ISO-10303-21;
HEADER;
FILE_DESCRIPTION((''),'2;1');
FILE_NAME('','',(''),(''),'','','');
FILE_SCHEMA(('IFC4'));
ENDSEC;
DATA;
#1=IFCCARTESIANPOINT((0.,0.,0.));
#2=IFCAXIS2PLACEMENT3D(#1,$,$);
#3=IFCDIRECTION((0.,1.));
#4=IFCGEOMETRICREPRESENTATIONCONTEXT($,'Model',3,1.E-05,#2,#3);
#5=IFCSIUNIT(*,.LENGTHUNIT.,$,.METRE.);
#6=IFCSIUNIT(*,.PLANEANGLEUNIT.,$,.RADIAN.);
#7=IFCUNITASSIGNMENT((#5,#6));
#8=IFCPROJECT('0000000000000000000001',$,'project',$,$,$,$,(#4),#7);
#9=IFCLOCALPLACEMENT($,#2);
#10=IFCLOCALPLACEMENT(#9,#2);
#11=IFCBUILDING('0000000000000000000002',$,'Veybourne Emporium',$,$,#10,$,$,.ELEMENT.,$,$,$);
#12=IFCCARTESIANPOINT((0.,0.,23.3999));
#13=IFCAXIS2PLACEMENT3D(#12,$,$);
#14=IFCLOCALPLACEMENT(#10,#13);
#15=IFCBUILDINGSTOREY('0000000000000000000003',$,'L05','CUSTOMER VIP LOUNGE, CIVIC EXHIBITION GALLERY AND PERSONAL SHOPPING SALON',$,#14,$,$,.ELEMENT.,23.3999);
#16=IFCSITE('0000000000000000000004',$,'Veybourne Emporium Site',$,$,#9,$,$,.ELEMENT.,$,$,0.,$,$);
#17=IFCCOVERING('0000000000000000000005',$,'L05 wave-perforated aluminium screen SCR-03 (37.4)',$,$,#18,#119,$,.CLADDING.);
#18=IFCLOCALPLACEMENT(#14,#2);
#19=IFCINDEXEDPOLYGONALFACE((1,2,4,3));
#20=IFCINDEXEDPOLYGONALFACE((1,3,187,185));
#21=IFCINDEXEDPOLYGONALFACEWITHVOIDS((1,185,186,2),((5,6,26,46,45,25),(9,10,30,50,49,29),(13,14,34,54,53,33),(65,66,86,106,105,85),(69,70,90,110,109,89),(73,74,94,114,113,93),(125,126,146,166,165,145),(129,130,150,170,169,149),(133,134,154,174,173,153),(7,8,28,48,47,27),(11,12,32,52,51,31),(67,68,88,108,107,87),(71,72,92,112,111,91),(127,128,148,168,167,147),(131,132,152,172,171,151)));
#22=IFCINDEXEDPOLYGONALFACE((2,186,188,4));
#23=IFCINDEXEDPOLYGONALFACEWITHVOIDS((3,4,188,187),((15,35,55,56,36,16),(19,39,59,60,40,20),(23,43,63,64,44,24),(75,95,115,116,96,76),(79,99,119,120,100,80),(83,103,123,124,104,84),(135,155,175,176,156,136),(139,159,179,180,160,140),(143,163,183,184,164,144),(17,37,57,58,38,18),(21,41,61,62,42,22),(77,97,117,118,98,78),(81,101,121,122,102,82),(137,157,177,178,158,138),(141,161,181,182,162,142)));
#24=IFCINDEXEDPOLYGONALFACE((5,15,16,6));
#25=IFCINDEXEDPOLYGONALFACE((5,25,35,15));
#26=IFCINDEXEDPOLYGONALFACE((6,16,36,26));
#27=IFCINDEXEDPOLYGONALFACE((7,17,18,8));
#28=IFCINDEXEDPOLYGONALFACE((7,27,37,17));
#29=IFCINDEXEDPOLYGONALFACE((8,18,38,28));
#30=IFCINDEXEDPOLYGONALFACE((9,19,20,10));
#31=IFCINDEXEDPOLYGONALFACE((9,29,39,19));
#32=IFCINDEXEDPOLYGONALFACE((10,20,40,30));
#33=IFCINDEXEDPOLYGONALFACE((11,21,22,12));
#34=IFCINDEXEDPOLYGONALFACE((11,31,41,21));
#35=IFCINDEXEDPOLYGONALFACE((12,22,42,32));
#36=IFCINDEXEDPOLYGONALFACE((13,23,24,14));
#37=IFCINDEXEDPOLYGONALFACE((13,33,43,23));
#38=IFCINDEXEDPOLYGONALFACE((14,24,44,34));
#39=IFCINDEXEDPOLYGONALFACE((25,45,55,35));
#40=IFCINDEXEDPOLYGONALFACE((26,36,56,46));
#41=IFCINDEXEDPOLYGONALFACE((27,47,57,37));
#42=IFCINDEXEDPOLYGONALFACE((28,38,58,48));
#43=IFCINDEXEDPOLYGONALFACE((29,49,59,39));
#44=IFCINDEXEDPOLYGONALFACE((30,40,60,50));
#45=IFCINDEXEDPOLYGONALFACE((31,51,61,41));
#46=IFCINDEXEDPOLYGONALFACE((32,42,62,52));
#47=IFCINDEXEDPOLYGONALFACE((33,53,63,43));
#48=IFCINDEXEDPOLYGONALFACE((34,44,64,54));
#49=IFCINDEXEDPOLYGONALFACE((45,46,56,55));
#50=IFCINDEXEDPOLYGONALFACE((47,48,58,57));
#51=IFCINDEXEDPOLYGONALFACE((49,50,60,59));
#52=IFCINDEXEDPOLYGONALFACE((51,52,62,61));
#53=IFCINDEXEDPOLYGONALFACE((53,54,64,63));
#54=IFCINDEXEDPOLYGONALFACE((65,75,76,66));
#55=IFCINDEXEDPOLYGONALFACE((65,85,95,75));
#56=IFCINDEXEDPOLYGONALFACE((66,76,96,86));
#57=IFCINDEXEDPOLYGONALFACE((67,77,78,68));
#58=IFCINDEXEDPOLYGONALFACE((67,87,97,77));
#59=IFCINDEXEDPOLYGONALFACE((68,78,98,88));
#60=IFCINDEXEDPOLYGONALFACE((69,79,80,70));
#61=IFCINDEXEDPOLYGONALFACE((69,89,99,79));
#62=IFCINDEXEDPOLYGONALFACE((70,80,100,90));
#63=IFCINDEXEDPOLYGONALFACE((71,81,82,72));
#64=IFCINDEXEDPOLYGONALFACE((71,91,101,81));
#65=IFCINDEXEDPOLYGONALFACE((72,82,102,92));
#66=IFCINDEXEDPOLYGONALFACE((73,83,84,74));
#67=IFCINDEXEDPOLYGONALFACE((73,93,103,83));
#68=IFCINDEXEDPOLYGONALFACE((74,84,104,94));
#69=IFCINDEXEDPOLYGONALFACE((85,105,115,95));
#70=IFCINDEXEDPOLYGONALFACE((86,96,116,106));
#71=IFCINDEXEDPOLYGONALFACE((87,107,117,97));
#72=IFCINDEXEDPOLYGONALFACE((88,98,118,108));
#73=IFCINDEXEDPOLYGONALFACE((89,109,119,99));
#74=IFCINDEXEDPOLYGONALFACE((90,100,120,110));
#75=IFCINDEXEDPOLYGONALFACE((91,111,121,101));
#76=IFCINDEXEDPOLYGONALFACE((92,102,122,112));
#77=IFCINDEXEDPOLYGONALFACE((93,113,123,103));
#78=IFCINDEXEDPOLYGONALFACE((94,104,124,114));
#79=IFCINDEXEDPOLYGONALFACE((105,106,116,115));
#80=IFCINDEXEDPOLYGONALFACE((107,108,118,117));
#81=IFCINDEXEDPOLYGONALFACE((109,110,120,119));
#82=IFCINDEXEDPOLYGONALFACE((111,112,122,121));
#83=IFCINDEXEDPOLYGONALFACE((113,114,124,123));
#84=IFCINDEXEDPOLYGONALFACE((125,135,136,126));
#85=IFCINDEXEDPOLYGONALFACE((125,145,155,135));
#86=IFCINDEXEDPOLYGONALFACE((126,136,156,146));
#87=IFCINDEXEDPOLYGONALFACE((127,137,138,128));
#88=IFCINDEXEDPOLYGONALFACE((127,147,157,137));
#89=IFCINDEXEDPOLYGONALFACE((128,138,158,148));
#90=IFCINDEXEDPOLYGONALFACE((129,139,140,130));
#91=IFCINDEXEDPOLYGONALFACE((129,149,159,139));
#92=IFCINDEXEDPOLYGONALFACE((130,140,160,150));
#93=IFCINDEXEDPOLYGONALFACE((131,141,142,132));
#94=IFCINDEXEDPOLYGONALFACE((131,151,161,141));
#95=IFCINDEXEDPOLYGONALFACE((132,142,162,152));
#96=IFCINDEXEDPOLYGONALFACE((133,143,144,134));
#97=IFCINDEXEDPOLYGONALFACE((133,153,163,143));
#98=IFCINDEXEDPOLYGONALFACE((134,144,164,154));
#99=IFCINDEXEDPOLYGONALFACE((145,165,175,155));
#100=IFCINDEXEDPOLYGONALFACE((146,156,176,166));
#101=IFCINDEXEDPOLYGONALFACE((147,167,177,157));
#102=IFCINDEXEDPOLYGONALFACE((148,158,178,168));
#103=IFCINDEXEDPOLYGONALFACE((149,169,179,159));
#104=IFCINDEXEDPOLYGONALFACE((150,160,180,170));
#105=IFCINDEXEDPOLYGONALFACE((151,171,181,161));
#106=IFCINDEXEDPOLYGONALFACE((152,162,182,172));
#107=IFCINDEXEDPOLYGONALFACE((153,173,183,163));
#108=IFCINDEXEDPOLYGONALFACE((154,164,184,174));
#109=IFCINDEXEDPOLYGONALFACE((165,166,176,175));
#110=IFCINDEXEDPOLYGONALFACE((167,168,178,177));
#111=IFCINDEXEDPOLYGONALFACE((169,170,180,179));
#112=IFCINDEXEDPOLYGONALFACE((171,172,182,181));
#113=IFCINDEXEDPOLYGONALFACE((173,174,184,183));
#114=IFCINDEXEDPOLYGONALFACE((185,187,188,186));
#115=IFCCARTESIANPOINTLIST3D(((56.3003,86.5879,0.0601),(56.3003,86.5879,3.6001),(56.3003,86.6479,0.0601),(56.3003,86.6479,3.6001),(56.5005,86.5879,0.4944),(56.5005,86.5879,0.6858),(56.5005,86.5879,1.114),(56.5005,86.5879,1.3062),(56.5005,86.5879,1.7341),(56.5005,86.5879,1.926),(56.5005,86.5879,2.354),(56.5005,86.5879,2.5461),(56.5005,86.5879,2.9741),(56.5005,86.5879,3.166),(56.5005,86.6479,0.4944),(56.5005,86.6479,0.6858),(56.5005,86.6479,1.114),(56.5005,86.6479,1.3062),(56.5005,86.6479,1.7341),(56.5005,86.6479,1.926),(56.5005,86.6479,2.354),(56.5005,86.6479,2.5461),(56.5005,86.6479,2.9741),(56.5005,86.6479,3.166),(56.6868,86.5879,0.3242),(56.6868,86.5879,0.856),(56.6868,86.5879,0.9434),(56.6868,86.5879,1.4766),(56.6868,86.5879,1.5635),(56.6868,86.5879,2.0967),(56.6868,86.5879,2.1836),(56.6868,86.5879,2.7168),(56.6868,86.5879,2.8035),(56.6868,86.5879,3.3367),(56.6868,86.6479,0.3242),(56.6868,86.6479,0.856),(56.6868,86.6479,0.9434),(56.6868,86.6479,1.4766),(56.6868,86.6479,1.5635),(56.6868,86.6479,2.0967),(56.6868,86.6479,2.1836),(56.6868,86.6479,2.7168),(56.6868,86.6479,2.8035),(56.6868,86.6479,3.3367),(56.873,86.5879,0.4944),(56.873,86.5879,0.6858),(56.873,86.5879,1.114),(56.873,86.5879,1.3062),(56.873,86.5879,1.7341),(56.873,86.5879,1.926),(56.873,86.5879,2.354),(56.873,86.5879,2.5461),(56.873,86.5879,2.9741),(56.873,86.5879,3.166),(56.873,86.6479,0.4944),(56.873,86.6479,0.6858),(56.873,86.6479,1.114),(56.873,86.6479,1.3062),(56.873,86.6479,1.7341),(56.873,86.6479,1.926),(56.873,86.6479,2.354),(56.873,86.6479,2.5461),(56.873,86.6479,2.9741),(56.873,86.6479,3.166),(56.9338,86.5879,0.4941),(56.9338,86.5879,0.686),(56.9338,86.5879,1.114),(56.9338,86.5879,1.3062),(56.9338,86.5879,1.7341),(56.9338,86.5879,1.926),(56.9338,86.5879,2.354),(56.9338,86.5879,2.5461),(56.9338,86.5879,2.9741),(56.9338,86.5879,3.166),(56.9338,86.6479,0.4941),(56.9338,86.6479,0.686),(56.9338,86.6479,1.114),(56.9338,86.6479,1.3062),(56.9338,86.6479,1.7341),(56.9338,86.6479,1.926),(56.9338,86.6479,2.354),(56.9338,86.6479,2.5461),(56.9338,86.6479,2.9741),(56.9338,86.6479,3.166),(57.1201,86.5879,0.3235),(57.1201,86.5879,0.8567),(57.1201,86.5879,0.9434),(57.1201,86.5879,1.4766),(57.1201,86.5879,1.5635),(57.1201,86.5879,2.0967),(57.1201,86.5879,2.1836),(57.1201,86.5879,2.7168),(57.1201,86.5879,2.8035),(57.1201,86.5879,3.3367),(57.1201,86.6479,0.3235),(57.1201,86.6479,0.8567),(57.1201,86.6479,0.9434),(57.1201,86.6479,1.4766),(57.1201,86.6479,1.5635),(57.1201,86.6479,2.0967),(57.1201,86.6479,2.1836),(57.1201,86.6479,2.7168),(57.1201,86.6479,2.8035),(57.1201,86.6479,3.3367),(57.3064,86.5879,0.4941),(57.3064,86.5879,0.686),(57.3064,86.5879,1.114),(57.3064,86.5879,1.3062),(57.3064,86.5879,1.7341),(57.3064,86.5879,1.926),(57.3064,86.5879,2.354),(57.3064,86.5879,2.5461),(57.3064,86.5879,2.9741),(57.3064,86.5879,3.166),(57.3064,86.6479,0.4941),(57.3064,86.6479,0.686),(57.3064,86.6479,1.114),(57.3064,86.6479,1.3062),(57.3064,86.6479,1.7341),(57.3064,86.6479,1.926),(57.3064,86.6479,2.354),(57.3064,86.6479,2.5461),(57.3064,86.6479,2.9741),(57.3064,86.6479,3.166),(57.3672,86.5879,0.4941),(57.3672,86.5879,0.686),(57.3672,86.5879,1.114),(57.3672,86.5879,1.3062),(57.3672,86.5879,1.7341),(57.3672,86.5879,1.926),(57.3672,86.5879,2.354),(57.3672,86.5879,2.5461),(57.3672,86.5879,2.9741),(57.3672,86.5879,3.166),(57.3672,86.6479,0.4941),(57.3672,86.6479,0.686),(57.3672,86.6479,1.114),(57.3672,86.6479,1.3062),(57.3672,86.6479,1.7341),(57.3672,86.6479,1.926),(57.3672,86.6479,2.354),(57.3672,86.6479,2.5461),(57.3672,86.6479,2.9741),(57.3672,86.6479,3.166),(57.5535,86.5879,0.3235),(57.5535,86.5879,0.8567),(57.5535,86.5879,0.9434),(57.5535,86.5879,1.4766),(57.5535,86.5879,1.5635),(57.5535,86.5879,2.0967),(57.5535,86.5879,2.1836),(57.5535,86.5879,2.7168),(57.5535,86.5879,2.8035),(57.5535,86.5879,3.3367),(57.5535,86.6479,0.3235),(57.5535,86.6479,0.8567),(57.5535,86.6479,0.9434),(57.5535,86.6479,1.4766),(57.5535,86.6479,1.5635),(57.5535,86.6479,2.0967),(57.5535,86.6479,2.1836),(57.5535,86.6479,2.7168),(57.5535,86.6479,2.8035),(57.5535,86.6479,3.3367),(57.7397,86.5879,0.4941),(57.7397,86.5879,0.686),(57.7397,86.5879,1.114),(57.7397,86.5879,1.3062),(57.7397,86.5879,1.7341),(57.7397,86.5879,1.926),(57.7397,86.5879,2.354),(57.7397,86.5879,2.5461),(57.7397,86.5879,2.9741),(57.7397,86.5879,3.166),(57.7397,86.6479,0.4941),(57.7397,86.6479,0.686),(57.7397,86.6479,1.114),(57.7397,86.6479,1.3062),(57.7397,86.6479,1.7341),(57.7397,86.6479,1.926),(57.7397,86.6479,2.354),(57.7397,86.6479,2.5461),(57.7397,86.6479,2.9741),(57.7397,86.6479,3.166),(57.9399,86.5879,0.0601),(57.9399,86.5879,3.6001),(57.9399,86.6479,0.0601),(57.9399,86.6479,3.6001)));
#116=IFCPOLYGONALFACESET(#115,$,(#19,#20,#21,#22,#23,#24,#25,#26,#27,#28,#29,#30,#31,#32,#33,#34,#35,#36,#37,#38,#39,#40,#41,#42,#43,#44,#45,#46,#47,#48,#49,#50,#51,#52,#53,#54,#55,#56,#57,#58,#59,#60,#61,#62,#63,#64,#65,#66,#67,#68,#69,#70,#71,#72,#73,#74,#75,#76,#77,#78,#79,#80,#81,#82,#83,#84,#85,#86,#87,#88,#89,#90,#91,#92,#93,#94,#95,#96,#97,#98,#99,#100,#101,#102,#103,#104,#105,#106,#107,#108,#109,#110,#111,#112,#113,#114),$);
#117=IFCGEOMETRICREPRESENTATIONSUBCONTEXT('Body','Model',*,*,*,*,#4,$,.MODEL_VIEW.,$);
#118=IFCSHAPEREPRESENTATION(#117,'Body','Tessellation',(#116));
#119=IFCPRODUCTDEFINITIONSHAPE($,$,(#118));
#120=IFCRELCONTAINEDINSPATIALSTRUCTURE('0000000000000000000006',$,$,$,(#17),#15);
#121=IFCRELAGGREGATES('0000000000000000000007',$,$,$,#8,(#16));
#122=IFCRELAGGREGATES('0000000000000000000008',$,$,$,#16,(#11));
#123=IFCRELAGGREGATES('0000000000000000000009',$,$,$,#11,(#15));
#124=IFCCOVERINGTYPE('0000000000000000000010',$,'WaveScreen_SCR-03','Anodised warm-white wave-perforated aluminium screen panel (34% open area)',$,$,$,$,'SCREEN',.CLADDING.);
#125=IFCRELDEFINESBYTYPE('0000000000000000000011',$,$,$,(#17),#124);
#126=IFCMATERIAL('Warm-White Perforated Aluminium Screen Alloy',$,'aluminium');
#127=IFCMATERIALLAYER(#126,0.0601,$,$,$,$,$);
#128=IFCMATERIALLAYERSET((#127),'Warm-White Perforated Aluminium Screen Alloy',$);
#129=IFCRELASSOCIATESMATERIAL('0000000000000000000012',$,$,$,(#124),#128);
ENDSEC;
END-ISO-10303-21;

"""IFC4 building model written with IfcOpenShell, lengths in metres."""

from ifc_helpers import new_model, si_unit, direction, frame, origin, place, context, subcontext, project, spatial, polyline, outline, extrude, material, layer, layer_set, type_object, element, save


model = new_model("IFC4")

# Units and contexts
model_context = context("Model", 3, precision=1e-05, world=origin(), true_north=direction((0.0, 1.0)))
body_context = subcontext(model_context, "Body", "Model", "MODEL_VIEW")
ifc_project = project(units=[si_unit("LENGTHUNIT", "METRE"), si_unit("PLANEANGLEUNIT", "RADIAN")], contexts=[model_context])

# Site, building, storey
site_placement = place(None, origin())
site = spatial("IfcSite", under=ifc_project, at=site_placement, Name="Veybourne Emporium Site", CompositionType="ELEMENT", RefElevation=0.0)
building_placement = place(site_placement, origin())
building = spatial("IfcBuilding", under=site, at=building_placement, Name="Veybourne Emporium", CompositionType="ELEMENT")
storey_placement = place(building_placement, frame((0.0, 0.0, 23.3999)))
storey = spatial("IfcBuildingStorey", under=building, at=storey_placement, Name="L05", Description="CUSTOMER VIP LOUNGE, CIVIC EXHIBITION GALLERY AND PERSONAL SHOPPING SALON", CompositionType="ELEMENT", Elevation=23.3999)

# Covering
ifc_material_1 = material(Name="Warm-White Perforated Aluminium Screen Alloy", Category="aluminium")
ifc_layer_1 = layer(ifc_material_1, 0.0601)
ifc_layer_set_1 = layer_set([ifc_layer_1], Name="Warm-White Perforated Aluminium Screen Alloy")
covering_type_1 = type_object("IfcCoveringType", Name="WaveScreen_SCR-03", Description="Anodised warm-white wave-perforated aluminium screen panel (34% open area)", ElementType="SCREEN", PredefinedType="CLADDING", material=ifc_layer_set_1)
covering_1_placement = place(storey_placement, frame((57.1201, 86.6479, 1.8301), z_axis=(0.0, -1.0, 0.0), x_axis=(1.0, 0.0, 0.0)))
element("IfcCovering", 1, at=covering_1_placement, inside=storey, type_object=covering_type_1, Name="L05 wave-perforated aluminium screen SCR-03 (37.4)", PredefinedType="CLADDING", context=body_context, shape_type="SweptSolid", body=[
    extrude(outline(polyline([(-0.8198, -1.77), (0.8198, -1.77), (0.8198, 1.77), (-0.8198, 1.77), (-0.8198, -1.77)]), holes=[polyline([(-0.4333, -0.9741), (-0.2471, -1.1443), (-0.2471, -1.3357), (-0.4333, -1.5059), (-0.6196, -1.3357), (-0.6196, -1.1443), (-0.4333, -0.9741)]), polyline([(-0.4333, -0.3535), (-0.2471, -0.5239), (-0.2471, -0.7161), (-0.4333, -0.8867), (-0.6196, -0.7161), (-0.6196, -0.5239), (-0.4333, -0.3535)]), polyline([(-0.4333, 0.2666), (-0.2471, 0.0959), (-0.2471, -0.0959), (-0.4333, -0.2666), (-0.6196, -0.0959), (-0.6196, 0.0959), (-0.4333, 0.2666)]), polyline([(-0.4333, 0.8867), (-0.2471, 0.7161), (-0.2471, 0.5239), (-0.4333, 0.3535), (-0.6196, 0.5239), (-0.6196, 0.7161), (-0.4333, 0.8867)]), polyline([(-0.4333, 1.5066), (-0.2471, 1.3359), (-0.2471, 1.144), (-0.4333, 0.9734), (-0.6196, 1.144), (-0.6196, 1.3359), (-0.4333, 1.5066)]), polyline([(0.0, -0.9734), (0.1863, -1.144), (0.1863, -1.3359), (0.0, -1.5066), (-0.1863, -1.3359), (-0.1863, -1.144), (0.0, -0.9734)]), polyline([(0.0, -0.3535), (0.1863, -0.5239), (0.1863, -0.7161), (0.0, -0.8867), (-0.1863, -0.7161), (-0.1863, -0.5239), (0.0, -0.3535)]), polyline([(0.0, 0.2666), (0.1863, 0.0959), (0.1863, -0.0959), (0.0, -0.2666), (-0.1863, -0.0959), (-0.1863, 0.0959), (0.0, 0.2666)]), polyline([(0.0, 0.8867), (0.1863, 0.7161), (0.1863, 0.5239), (0.0, 0.3535), (-0.1863, 0.5239), (-0.1863, 0.7161), (0.0, 0.8867)]), polyline([(0.0, 1.5066), (0.1863, 1.3359), (0.1863, 1.144), (0.0, 0.9734), (-0.1863, 1.144), (-0.1863, 1.3359), (0.0, 1.5066)]), polyline([(0.4333, -0.9734), (0.6196, -1.144), (0.6196, -1.3359), (0.4333, -1.5066), (0.2471, -1.3359), (0.2471, -1.144), (0.4333, -0.9734)]), polyline([(0.4333, -0.3535), (0.6196, -0.5239), (0.6196, -0.7161), (0.4333, -0.8867), (0.2471, -0.7161), (0.2471, -0.5239), (0.4333, -0.3535)]), polyline([(0.4333, 0.2666), (0.6196, 0.0959), (0.6196, -0.0959), (0.4333, -0.2666), (0.2471, -0.0959), (0.2471, 0.0959), (0.4333, 0.2666)]), polyline([(0.4333, 0.8867), (0.6196, 0.7161), (0.6196, 0.5239), (0.4333, 0.3535), (0.2471, 0.5239), (0.2471, 0.7161), (0.4333, 0.8867)]), polyline([(0.4333, 1.5066), (0.6196, 1.3359), (0.6196, 1.144), (0.4333, 0.9734), (0.2471, 1.144), (0.2471, 1.3359), (0.4333, 1.5066)])]), origin(), (0.0, 0.0, 1.0), 0.0601),
])

save(model, "model.ifc")
